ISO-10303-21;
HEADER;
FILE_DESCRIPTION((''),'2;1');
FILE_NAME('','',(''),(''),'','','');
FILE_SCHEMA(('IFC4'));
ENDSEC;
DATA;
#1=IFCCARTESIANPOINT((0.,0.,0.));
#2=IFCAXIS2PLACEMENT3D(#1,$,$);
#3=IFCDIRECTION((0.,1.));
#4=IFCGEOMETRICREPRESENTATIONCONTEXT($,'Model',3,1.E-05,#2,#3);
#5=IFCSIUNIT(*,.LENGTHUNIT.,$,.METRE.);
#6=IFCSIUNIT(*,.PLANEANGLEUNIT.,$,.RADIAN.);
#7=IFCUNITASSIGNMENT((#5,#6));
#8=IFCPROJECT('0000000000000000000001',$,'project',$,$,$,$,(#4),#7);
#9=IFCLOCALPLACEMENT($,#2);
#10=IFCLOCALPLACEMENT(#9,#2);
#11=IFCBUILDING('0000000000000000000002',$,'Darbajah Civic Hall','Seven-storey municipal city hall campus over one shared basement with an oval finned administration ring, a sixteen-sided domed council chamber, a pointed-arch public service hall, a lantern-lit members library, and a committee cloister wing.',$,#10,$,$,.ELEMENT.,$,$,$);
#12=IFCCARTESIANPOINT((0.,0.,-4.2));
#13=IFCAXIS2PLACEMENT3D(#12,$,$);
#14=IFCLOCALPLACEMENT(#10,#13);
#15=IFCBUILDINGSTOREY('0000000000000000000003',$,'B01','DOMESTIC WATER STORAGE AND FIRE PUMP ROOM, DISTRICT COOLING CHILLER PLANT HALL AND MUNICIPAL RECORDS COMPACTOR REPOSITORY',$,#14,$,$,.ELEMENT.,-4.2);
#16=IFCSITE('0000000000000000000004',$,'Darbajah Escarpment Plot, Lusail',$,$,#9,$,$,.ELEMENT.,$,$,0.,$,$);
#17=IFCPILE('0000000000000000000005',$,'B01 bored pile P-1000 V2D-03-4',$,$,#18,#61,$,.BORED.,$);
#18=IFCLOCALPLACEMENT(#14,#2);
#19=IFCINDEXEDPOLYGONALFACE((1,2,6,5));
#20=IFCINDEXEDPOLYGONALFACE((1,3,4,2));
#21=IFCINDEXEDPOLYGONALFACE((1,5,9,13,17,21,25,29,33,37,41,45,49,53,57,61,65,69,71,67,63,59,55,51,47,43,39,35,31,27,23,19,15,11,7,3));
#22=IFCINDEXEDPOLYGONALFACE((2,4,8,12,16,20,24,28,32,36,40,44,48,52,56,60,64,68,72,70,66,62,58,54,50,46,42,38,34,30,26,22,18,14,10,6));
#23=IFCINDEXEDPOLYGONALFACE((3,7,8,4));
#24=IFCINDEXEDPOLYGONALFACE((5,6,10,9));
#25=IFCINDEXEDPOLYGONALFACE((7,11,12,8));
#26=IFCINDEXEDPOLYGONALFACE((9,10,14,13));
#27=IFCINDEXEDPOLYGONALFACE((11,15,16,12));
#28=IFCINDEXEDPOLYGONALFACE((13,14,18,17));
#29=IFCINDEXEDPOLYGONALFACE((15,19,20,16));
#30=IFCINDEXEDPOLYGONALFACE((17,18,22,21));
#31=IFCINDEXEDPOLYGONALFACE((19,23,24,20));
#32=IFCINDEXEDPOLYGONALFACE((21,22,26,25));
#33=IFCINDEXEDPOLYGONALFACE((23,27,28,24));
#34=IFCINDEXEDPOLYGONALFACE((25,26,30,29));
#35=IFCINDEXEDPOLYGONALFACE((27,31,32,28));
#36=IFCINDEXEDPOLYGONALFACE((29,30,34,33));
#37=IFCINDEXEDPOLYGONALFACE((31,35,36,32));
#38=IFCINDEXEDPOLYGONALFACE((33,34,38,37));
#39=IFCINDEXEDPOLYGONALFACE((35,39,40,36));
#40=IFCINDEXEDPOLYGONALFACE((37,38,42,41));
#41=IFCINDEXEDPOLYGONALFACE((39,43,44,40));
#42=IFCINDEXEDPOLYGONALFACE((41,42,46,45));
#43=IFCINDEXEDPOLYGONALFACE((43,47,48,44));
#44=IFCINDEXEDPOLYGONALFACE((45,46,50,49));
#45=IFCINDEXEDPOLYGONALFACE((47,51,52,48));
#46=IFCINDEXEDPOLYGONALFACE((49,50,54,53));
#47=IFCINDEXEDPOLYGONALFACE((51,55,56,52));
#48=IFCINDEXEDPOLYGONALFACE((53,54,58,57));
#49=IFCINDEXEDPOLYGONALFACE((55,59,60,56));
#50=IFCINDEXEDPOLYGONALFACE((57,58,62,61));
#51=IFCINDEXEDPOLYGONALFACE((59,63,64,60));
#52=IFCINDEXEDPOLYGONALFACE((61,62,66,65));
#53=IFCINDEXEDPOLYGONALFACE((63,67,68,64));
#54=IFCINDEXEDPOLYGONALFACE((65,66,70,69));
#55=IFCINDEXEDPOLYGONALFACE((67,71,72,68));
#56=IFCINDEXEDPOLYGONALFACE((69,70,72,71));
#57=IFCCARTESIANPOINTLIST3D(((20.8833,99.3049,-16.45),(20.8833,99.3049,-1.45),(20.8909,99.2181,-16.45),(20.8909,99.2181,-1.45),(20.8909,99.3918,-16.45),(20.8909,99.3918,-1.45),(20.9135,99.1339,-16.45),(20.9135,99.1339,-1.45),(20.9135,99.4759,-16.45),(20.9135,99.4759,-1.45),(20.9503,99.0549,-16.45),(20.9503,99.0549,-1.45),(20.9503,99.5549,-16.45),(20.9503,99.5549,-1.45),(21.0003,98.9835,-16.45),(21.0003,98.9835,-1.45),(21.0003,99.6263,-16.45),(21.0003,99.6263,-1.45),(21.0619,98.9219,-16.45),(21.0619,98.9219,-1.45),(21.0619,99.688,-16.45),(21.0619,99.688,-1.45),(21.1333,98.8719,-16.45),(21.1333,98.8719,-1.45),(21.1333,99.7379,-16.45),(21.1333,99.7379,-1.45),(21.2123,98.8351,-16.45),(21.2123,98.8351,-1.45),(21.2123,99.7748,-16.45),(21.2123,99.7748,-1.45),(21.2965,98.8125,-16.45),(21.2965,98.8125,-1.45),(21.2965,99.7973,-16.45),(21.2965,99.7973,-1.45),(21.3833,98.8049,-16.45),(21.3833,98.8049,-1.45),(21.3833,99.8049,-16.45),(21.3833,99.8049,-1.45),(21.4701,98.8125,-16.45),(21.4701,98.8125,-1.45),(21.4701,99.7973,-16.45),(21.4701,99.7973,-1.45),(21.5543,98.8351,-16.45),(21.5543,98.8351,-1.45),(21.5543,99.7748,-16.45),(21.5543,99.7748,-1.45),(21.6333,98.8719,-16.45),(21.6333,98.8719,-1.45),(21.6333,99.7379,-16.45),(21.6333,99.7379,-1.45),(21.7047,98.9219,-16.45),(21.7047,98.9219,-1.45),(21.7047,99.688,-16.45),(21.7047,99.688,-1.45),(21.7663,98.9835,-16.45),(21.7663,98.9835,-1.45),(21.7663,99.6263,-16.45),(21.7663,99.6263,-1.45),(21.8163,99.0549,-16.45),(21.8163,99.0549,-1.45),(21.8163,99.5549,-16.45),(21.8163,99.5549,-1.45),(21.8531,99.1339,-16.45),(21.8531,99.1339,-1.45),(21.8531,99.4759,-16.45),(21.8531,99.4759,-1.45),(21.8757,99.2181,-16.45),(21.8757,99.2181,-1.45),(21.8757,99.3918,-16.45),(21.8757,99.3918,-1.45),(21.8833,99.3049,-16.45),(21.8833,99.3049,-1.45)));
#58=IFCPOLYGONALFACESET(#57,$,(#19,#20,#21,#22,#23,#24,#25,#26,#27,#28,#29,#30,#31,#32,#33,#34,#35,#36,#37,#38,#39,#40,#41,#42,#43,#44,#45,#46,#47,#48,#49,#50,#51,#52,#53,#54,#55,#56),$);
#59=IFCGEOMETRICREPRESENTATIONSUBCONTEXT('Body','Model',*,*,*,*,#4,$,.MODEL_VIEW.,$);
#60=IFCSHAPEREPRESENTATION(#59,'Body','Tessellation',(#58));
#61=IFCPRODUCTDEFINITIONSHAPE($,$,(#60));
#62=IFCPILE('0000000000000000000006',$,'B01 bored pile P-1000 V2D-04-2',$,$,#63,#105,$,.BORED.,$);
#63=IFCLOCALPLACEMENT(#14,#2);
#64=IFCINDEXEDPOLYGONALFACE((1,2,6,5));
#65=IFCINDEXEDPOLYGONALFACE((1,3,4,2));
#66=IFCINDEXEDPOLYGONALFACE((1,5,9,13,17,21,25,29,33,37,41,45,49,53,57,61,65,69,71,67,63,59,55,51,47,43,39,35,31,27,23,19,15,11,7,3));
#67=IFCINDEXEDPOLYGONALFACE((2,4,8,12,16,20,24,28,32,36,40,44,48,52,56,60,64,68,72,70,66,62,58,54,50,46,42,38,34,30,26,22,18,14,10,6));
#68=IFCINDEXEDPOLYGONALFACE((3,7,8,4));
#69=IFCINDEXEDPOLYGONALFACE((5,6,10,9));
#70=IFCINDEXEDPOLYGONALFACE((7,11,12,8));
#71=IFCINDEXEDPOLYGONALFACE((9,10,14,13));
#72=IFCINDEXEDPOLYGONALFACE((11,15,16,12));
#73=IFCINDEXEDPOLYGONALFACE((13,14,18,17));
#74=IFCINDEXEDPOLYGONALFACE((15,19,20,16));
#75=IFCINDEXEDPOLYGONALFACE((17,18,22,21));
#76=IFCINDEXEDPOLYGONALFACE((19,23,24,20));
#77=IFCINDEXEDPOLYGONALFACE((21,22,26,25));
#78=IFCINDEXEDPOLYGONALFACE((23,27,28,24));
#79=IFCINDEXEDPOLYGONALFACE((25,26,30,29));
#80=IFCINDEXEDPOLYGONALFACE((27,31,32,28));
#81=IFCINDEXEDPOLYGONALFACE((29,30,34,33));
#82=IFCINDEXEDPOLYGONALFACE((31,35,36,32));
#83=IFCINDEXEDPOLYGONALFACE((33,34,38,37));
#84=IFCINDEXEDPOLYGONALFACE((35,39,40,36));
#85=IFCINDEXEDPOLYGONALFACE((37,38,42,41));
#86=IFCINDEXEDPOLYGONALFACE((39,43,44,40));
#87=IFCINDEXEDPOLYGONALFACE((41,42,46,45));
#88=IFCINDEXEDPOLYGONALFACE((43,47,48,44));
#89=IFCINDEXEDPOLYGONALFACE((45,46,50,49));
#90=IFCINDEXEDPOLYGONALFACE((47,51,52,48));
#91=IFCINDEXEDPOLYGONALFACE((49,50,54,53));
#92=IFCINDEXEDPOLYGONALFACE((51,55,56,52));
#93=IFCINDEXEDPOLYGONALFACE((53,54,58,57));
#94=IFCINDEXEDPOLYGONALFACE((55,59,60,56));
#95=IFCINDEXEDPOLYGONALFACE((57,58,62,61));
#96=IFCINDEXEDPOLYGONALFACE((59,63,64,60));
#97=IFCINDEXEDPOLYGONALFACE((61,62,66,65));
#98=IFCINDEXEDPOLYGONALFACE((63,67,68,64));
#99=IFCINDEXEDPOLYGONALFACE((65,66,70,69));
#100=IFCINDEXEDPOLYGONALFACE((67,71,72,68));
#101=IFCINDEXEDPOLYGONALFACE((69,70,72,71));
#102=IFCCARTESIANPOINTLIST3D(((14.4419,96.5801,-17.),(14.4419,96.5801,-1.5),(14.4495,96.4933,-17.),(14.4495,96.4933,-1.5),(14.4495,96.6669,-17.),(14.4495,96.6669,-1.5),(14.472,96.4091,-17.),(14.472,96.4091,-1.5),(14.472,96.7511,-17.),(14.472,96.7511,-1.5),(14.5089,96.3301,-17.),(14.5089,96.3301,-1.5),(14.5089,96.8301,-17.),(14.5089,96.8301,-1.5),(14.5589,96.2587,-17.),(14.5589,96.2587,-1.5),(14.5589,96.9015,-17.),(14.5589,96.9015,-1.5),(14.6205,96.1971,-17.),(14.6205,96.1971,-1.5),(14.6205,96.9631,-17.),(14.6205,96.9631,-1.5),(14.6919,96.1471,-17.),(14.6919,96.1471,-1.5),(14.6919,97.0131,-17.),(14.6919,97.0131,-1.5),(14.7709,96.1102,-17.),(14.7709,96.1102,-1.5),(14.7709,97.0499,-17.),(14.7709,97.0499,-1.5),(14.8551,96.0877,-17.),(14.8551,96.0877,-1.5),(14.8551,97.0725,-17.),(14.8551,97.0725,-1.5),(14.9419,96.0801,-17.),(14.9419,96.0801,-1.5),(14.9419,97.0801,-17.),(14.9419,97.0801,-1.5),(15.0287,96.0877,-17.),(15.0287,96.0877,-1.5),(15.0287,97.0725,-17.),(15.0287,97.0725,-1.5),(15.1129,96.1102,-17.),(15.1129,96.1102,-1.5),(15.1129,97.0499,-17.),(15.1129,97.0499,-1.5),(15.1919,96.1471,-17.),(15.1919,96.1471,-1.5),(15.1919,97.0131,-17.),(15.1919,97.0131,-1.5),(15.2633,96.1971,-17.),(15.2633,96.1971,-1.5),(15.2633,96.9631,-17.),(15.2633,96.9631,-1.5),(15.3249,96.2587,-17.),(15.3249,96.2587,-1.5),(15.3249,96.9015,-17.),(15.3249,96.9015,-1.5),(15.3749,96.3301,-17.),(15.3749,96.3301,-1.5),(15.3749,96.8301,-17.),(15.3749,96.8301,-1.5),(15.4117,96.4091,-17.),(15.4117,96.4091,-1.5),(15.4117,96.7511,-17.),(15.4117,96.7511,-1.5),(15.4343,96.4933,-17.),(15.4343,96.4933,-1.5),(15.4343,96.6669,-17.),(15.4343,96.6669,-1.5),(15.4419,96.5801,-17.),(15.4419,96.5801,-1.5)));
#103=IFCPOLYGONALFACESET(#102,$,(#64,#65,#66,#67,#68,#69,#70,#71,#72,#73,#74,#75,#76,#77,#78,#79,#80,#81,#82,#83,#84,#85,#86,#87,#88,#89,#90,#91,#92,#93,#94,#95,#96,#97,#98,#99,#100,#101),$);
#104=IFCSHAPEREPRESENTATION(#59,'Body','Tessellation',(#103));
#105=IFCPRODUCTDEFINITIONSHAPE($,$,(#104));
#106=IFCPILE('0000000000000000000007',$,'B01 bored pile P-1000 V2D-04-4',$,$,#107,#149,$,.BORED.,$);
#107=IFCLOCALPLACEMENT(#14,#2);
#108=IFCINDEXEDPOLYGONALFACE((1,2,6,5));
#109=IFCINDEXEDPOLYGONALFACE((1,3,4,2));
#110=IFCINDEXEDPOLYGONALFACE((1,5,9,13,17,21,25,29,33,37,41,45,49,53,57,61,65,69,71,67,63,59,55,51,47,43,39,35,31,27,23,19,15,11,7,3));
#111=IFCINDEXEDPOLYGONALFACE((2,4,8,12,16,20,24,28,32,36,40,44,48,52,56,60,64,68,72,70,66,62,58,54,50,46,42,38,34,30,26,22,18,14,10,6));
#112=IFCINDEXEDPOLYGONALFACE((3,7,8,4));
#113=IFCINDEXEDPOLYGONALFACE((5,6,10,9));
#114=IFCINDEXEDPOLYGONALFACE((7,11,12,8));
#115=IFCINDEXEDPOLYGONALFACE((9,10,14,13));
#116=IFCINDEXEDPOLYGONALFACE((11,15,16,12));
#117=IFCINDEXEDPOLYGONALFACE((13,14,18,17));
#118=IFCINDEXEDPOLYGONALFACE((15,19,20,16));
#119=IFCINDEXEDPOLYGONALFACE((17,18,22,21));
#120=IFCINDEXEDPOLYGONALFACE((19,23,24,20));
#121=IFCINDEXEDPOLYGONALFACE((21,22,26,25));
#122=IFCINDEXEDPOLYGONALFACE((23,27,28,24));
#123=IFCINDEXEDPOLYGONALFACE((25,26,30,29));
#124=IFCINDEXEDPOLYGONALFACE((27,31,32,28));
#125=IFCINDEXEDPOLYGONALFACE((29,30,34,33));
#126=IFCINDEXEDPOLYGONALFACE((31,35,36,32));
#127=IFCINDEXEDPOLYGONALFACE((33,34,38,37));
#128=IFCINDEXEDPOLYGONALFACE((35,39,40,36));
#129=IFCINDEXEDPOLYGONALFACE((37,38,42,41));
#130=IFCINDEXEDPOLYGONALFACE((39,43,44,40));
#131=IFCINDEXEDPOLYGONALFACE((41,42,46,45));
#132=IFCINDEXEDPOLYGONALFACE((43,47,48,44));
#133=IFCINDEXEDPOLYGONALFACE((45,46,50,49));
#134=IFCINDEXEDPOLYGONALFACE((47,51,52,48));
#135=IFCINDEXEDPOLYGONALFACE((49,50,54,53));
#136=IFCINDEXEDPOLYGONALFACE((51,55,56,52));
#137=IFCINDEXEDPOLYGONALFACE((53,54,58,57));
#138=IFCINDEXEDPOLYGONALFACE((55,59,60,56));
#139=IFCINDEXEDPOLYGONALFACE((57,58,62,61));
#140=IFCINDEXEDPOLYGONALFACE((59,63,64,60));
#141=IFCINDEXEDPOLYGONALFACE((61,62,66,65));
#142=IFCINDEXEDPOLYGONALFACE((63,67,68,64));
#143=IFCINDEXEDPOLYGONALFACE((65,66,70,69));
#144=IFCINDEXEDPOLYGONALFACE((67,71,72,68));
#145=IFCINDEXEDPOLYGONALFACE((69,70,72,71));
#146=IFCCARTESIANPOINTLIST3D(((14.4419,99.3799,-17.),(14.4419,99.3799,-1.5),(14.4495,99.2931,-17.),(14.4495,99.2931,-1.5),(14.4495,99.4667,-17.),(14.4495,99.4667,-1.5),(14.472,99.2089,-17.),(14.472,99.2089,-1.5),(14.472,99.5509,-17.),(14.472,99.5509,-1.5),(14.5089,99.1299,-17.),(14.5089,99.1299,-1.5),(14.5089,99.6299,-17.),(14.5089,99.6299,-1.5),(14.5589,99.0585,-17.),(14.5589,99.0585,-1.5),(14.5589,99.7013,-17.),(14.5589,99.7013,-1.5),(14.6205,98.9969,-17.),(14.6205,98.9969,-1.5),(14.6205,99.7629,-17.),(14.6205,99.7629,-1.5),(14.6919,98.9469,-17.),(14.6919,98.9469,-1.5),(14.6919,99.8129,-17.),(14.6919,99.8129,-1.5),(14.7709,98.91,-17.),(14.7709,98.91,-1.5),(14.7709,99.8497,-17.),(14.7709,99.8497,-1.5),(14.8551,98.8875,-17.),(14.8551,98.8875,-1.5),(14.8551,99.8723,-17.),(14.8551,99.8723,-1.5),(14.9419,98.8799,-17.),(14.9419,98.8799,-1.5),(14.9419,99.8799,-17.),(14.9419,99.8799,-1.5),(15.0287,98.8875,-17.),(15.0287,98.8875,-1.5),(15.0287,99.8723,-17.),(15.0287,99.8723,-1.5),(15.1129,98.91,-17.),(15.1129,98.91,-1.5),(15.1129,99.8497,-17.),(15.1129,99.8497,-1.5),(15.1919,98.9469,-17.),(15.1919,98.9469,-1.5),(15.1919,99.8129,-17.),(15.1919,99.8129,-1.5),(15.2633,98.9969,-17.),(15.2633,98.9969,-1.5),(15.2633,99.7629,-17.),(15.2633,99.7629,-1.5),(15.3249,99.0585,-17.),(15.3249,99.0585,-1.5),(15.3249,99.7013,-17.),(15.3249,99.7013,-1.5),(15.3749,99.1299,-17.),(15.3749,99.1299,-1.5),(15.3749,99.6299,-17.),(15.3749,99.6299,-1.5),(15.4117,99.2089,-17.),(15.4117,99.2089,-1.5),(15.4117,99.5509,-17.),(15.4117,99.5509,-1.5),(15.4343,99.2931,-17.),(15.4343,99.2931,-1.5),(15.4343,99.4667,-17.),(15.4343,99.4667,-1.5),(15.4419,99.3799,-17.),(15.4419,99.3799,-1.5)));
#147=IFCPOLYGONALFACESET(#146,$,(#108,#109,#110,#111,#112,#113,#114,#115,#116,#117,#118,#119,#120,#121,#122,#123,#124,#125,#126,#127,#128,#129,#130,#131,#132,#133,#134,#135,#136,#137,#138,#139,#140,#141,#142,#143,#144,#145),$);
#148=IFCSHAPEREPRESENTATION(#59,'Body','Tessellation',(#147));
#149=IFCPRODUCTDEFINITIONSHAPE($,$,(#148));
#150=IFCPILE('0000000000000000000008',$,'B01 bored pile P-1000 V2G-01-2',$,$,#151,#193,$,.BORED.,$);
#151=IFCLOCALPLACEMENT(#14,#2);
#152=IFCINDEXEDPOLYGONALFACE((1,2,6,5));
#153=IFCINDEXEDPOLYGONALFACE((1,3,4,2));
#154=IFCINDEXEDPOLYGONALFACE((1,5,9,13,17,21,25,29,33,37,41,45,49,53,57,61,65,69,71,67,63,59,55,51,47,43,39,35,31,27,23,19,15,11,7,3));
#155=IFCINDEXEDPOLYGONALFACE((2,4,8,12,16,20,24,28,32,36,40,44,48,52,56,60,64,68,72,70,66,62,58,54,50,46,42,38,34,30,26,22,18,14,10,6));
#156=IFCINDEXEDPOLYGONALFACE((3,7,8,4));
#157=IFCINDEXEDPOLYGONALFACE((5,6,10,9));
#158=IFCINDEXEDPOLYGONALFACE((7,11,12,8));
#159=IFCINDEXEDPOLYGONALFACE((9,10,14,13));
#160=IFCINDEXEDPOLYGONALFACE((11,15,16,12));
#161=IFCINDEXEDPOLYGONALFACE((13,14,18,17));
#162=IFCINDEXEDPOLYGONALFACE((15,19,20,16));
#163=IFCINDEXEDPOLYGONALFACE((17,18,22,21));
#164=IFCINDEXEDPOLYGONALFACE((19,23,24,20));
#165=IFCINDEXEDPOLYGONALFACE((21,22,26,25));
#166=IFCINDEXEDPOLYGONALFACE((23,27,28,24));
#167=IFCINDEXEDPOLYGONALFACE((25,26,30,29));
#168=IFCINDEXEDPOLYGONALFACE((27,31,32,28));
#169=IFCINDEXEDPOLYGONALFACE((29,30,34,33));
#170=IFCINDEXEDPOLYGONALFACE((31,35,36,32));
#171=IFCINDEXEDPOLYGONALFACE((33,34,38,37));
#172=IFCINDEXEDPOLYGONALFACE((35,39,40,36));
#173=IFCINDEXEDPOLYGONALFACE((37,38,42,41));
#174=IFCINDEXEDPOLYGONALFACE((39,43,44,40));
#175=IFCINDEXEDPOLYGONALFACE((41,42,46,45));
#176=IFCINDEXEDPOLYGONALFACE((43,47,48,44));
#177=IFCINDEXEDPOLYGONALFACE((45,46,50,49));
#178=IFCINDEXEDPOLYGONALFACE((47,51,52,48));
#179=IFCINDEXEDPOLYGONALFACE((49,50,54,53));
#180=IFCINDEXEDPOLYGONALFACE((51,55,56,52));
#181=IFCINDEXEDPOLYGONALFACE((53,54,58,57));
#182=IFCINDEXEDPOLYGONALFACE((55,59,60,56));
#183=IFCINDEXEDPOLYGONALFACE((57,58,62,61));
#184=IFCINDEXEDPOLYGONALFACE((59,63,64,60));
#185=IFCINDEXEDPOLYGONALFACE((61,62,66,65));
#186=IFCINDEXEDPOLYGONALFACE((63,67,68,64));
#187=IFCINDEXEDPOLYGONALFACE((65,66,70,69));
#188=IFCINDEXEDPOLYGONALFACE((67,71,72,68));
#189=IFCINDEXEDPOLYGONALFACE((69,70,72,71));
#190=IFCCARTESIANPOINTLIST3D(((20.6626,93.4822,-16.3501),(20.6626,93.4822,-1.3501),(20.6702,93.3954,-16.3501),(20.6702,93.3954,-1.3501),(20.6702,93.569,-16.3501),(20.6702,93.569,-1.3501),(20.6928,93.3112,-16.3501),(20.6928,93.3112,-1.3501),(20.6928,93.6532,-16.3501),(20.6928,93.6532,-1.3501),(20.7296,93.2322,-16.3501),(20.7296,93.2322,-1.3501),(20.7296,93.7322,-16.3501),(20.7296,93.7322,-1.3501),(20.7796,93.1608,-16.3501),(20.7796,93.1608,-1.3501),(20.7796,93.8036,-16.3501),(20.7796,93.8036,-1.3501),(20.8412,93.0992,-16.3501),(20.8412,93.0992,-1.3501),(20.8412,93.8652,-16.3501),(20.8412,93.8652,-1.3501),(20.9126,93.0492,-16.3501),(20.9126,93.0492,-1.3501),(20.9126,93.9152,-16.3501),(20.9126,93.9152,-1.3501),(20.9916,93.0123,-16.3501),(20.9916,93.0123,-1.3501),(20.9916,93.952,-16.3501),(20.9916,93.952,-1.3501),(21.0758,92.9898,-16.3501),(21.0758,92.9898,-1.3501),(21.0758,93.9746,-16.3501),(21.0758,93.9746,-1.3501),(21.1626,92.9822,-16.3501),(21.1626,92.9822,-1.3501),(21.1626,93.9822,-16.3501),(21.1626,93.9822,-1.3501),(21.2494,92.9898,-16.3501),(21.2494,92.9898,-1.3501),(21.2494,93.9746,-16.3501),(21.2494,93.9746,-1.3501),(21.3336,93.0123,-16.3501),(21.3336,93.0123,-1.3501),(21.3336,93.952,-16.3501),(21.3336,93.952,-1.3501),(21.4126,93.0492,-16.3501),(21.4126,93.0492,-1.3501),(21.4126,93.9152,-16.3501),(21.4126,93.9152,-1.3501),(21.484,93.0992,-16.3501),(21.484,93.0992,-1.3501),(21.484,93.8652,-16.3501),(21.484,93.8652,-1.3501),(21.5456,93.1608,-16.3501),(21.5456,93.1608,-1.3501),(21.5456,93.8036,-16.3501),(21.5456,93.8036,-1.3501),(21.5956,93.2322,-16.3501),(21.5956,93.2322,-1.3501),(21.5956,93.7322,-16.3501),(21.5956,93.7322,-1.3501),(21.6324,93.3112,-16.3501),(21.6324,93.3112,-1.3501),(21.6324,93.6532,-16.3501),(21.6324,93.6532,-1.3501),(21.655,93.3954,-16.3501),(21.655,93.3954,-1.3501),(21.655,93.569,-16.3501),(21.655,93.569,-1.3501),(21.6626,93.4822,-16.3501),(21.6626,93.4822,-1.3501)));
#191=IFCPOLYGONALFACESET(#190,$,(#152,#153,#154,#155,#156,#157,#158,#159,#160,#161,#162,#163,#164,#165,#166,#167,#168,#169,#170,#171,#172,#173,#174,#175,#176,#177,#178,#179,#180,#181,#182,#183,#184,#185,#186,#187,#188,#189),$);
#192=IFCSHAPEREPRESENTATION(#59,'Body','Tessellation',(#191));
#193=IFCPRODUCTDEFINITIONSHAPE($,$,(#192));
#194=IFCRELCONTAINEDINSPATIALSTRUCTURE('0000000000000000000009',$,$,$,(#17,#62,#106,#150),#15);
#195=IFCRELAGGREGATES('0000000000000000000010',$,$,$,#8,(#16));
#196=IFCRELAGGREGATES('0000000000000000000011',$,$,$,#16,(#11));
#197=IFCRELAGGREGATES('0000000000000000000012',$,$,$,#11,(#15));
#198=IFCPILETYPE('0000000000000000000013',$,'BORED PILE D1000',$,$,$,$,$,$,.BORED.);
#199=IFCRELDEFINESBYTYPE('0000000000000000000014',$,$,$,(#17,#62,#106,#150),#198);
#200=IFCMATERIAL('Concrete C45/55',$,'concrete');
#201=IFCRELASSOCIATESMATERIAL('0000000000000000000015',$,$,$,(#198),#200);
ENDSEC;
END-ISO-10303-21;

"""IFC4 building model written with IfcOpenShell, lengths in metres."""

from ifc_helpers import new_model, si_unit, direction, frame, origin, origin_2d, place, context, subcontext, project, spatial, circle, extrude, material, material_profile, profile_set, type_object, element, save


model = new_model("IFC4")

# Units and contexts
model_context = context("Model", 3, precision=1e-05, world=origin(), true_north=direction((0.0, 1.0)))
body_context = subcontext(model_context, "Body", "Model", "MODEL_VIEW")
ifc_project = project(units=[si_unit("LENGTHUNIT", "METRE"), si_unit("PLANEANGLEUNIT", "RADIAN")], contexts=[model_context])

# Site, building, storey
site_placement = place(None, origin())
site = spatial("IfcSite", under=ifc_project, at=site_placement, Name="Darbajah Escarpment Plot, Lusail", CompositionType="ELEMENT", RefElevation=0.0)
building_placement = place(site_placement, origin())
building = spatial("IfcBuilding", under=site, at=building_placement, Name="Darbajah Civic Hall", Description="Seven-storey municipal city hall campus over one shared basement with an oval finned administration ring, a sixteen-sided domed council chamber, a pointed-arch public service hall, a lantern-lit members library, and a committee cloister wing.", CompositionType="ELEMENT")
storey_placement = place(building_placement, frame((0.0, 0.0, -4.2)))
storey = spatial("IfcBuildingStorey", under=building, at=storey_placement, Name="B01", Description="DOMESTIC WATER STORAGE AND FIRE PUMP ROOM, DISTRICT COOLING CHILLER PLANT HALL AND MUNICIPAL RECORDS COMPACTOR REPOSITORY", CompositionType="ELEMENT", Elevation=-4.2)

# Piles
ifc_material_1 = material(Name="Concrete C45/55", Category="concrete")
ifc_material_profile_1 = material_profile(ifc_material_1, circle(Radius=0.5, at=origin_2d()), Name="BORED PILE D1000")
ifc_profile_set_1 = profile_set([ifc_material_profile_1], Name="Concrete C45/55")
pile_type = type_object("IfcPileType", Name="BORED PILE D1000", PredefinedType="BORED", material=ifc_profile_set_1)
for number, where, z_axis, x_axis, name in (
    (1, (21.3833, 99.3049, -1.45), (0.0, 0.0, -1.0), (1.0, 0.0, 0.0), "B01 bored pile P-1000 V2D-03-4"),
):
    element("IfcPile", number, at=place(storey_placement, frame(where, z_axis=z_axis, x_axis=x_axis)), inside=storey, type_object=pile_type, Name=name, PredefinedType="BORED", context=body_context, shape_type="SweptSolid", body=[
        extrude(circle(Radius=0.5, at=origin_2d()), origin(), (0.0, 0.0, 1.0), 15.0),
    ])
for number, where, z_axis, x_axis, name in (
    (2, (14.9419, 96.5801, -1.5), (0.0, 0.0, -1.0), (1.0, 0.0, 0.0), "B01 bored pile P-1000 V2D-04-2"),
    (3, (14.9419, 99.3799, -1.5), (0.0, 0.0, -1.0), (1.0, 0.0, 0.0), "B01 bored pile P-1000 V2D-04-4"),
):
    element("IfcPile", number, at=place(storey_placement, frame(where, z_axis=z_axis, x_axis=x_axis)), inside=storey, type_object=pile_type, Name=name, PredefinedType="BORED", context=body_context, shape_type="SweptSolid", body=[
        extrude(circle(Radius=0.5, at=origin_2d()), origin(), (0.0, 0.0, 1.0), 15.5),
    ])
for number, where, z_axis, x_axis, name in (
    (4, (21.1626, 93.4822, -1.3501), (0.0, 0.0, -1.0), (1.0, 0.0, 0.0), "B01 bored pile P-1000 V2G-01-2"),
):
    element("IfcPile", number, at=place(storey_placement, frame(where, z_axis=z_axis, x_axis=x_axis)), inside=storey, type_object=pile_type, Name=name, PredefinedType="BORED", context=body_context, shape_type="SweptSolid", body=[
        extrude(circle(Radius=0.5, at=origin_2d()), origin(), (0.0, 0.0, 1.0), 15.0),
    ])

save(model, "model.ifc")
